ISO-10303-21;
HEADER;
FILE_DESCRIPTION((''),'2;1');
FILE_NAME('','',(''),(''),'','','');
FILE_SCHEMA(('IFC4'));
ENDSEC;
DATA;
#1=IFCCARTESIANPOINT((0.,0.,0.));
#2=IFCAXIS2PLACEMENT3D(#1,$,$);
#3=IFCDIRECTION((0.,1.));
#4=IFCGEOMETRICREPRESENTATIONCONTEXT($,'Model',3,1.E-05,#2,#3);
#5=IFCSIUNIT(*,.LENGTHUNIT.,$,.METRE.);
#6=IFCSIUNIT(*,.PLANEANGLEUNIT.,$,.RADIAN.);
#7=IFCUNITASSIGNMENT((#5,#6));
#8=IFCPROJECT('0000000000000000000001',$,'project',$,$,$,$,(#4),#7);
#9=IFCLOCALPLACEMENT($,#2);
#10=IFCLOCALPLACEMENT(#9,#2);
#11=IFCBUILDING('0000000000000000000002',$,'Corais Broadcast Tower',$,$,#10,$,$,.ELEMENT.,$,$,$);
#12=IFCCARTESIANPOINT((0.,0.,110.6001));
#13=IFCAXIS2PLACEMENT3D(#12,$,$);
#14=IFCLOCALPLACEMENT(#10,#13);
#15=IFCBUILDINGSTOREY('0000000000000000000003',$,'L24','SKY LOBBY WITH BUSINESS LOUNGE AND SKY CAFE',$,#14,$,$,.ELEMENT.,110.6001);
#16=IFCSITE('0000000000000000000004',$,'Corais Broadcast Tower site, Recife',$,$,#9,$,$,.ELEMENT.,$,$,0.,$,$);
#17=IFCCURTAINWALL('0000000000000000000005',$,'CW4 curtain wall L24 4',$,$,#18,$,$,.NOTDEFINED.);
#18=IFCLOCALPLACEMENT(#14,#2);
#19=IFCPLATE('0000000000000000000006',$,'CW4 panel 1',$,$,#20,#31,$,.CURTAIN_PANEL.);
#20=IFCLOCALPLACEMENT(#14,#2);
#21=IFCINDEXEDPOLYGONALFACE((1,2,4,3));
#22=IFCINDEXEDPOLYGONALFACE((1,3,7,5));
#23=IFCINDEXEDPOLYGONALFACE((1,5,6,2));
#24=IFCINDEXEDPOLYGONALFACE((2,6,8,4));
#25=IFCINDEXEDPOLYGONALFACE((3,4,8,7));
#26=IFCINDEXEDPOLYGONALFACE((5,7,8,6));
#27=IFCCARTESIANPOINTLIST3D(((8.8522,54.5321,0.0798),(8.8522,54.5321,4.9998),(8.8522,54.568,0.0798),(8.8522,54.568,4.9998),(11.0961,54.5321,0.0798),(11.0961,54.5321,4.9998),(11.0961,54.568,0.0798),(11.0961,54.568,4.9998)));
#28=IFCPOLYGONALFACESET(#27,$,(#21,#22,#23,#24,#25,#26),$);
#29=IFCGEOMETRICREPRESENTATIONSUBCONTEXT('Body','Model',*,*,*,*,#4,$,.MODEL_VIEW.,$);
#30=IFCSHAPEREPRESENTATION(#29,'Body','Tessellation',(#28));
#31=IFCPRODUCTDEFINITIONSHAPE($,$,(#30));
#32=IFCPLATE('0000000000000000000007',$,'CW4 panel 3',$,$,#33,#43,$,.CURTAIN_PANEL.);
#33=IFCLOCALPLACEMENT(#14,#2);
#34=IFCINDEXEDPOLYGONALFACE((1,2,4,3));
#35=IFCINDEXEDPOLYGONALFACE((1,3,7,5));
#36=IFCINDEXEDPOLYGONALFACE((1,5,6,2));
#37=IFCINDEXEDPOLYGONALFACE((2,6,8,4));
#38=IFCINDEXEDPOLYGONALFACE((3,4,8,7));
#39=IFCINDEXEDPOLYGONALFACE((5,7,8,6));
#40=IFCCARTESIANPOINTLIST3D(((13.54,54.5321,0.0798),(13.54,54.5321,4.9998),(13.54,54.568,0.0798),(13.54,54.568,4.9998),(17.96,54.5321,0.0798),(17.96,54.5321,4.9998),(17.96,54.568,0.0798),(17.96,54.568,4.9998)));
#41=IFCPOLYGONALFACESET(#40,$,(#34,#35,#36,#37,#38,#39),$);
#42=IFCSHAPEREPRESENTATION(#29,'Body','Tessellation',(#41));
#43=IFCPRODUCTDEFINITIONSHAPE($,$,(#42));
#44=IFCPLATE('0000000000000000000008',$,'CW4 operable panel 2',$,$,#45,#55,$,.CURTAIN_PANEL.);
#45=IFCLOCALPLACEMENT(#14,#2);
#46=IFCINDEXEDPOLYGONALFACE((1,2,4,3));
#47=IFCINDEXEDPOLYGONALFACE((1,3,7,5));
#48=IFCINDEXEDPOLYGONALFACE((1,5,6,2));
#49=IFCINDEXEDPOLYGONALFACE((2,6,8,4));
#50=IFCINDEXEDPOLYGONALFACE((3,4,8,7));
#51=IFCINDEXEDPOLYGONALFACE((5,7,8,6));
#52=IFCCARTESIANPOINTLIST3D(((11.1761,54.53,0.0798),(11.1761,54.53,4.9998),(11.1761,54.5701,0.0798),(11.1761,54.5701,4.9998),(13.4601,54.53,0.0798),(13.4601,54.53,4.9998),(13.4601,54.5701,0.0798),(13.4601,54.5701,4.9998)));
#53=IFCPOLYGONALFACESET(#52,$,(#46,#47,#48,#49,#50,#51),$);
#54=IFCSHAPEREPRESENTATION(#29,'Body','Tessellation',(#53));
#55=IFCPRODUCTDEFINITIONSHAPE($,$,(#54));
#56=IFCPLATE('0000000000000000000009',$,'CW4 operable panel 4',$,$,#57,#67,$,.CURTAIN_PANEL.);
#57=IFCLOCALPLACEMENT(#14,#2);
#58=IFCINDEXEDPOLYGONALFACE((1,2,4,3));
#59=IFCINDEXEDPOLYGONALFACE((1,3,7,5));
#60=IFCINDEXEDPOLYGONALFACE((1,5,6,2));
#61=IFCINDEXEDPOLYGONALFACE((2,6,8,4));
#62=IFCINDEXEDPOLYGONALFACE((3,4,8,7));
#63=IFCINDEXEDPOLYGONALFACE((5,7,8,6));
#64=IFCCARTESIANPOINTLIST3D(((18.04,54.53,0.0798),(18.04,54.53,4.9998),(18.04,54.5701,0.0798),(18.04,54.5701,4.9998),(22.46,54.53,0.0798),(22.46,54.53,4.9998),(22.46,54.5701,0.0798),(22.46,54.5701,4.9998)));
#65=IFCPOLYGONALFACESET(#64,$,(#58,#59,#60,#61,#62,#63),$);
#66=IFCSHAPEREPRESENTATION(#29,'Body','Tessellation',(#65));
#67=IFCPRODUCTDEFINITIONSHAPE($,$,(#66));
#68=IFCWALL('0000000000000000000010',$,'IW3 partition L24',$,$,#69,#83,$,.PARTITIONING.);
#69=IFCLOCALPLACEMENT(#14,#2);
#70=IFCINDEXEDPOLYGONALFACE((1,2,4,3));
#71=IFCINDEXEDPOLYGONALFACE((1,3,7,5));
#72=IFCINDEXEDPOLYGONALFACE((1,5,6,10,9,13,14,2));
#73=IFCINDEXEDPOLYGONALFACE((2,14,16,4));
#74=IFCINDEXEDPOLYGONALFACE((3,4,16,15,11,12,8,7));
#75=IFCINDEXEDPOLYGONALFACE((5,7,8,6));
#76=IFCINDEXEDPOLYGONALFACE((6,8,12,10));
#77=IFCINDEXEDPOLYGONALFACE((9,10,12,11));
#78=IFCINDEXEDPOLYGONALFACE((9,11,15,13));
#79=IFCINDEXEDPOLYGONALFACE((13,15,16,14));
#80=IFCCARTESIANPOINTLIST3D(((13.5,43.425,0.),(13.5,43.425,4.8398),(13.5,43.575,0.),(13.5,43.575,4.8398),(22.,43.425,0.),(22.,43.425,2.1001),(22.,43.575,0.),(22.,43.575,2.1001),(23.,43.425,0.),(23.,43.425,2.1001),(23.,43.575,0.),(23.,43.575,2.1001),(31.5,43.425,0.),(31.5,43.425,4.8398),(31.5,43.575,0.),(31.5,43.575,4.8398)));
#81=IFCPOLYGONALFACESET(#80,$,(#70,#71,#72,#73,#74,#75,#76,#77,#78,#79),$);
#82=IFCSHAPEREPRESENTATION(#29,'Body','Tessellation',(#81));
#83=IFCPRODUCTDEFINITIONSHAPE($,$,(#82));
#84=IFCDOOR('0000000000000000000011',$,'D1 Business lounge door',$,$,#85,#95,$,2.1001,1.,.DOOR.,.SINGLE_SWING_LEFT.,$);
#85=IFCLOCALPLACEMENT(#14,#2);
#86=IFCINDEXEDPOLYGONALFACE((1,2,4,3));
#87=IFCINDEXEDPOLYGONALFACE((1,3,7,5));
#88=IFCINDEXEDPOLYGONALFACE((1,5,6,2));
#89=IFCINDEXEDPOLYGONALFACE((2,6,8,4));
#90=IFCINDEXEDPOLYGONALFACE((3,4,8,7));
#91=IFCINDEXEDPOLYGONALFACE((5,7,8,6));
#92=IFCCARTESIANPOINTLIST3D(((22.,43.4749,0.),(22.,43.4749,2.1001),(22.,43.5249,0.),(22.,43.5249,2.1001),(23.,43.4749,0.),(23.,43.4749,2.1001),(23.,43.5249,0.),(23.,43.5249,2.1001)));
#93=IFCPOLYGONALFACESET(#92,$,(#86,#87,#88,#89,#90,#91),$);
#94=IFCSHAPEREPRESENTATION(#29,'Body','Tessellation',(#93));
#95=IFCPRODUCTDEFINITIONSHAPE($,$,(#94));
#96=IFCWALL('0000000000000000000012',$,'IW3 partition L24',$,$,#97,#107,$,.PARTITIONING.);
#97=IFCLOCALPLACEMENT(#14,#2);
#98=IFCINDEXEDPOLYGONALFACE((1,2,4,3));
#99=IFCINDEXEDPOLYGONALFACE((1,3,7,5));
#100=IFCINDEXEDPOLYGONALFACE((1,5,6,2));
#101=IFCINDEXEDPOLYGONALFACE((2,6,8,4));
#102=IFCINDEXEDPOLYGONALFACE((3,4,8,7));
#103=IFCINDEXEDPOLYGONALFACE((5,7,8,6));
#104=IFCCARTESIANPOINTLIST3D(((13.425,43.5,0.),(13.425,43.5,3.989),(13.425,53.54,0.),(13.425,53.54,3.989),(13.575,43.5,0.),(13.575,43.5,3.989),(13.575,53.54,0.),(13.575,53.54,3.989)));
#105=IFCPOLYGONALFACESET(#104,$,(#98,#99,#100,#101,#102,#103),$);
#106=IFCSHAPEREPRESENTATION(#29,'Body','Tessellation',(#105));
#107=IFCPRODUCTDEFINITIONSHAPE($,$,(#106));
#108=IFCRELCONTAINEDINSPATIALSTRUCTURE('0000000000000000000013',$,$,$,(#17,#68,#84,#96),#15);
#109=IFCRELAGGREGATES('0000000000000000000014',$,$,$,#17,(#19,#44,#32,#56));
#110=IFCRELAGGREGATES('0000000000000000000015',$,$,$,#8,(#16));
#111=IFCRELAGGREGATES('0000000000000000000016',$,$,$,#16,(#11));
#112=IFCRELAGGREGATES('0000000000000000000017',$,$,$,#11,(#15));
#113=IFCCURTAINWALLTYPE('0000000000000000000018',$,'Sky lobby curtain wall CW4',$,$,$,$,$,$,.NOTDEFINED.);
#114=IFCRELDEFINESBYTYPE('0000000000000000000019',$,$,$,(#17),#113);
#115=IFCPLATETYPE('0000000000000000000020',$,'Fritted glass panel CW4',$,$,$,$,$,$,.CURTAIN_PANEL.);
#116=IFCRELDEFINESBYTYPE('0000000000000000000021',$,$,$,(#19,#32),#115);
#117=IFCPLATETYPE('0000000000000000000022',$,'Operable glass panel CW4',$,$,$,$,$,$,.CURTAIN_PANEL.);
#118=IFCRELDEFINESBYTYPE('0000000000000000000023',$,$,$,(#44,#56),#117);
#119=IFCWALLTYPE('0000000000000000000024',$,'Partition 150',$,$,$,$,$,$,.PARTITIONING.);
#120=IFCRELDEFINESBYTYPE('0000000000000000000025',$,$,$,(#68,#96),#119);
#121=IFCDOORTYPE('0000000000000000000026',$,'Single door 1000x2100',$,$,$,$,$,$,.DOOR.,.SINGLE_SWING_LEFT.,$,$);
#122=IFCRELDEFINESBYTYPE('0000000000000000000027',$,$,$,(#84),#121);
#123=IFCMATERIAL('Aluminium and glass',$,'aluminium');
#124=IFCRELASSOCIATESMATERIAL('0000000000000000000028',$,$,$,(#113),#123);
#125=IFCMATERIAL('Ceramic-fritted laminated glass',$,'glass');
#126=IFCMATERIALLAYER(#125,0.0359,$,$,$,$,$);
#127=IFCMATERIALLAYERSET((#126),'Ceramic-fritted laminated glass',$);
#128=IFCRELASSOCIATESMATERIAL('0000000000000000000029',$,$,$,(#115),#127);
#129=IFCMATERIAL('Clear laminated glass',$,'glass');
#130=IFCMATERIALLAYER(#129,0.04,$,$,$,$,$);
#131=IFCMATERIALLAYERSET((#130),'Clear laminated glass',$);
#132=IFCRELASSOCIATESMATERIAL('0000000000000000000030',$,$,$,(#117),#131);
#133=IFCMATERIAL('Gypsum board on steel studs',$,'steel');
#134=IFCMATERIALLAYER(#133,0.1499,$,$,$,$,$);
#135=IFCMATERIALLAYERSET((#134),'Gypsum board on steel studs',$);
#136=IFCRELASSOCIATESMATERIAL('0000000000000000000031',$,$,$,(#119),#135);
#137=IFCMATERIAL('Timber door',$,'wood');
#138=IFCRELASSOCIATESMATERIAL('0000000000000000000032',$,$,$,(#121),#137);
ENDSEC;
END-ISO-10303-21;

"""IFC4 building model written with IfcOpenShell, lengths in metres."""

from ifc_helpers import new_model, si_unit, direction, frame, frame_2d, origin, origin_2d, place, context, subcontext, project, spatial, rectangle, extrude, material, layer, layer_set, type_object, element, fill, aggregate, save


model = new_model("IFC4")

# Units and contexts
model_context = context("Model", 3, precision=1e-05, world=origin(), true_north=direction((0.0, 1.0)))
body_context = subcontext(model_context, "Body", "Model", "MODEL_VIEW")
ifc_project = project(units=[si_unit("LENGTHUNIT", "METRE"), si_unit("PLANEANGLEUNIT", "RADIAN")], contexts=[model_context])

# Site, building, storey
site_placement = place(None, origin())
site = spatial("IfcSite", under=ifc_project, at=site_placement, Name="Corais Broadcast Tower site, Recife", CompositionType="ELEMENT", RefElevation=0.0)
building_placement = place(site_placement, origin())
building = spatial("IfcBuilding", under=site, at=building_placement, Name="Corais Broadcast Tower", CompositionType="ELEMENT")
storey_placement = place(building_placement, frame((0.0, 0.0, 110.6001)))
storey = spatial("IfcBuildingStorey", under=building, at=storey_placement, Name="L24", Description="SKY LOBBY WITH BUSINESS LOUNGE AND SKY CAFE", CompositionType="ELEMENT", Elevation=110.6001)

# Curtain wall
ifc_material_1 = material(Name="Aluminium and glass", Category="aluminium")
curtain_wall_type = type_object("IfcCurtainWallType", Name="Sky lobby curtain wall CW4", PredefinedType="NOTDEFINED", material=ifc_material_1)
curtain_wall_placement = place(storey_placement, origin())
curtain_wall = element("IfcCurtainWall", 1, at=curtain_wall_placement, inside=storey, type_object=curtain_wall_type, Name="CW4 curtain wall L24 4", PredefinedType="NOTDEFINED")

# Plates
ifc_material_2 = material(Name="Ceramic-fritted laminated glass", Category="glass")
ifc_layer_1 = layer(ifc_material_2, 0.0359)
ifc_layer_set_1 = layer_set([ifc_layer_1], Name="Ceramic-fritted laminated glass")
plate_type_1 = type_object("IfcPlateType", Name="Fritted glass panel CW4", PredefinedType="CURTAIN_PANEL", material=ifc_layer_set_1)
plate_1_placement = place(storey_placement, frame((9.9741, 54.55, 0.0798), z_axis=(0.0, 0.0, 1.0), x_axis=(1.0, 0.0, 0.0)))
plate_1 = element("IfcPlate", 2, at=plate_1_placement, type_object=plate_type_1, Name="CW4 panel 1", PredefinedType="CURTAIN_PANEL", context=body_context, shape_type="SweptSolid", body=[
    extrude(rectangle(XDim=2.2439, YDim=0.0359, at=origin_2d()), origin(), (0.0, 0.0, 1.0), 4.9199),
])
plate_2_placement = place(storey_placement, frame((15.75, 54.55, 0.0798), z_axis=(0.0, 0.0, 1.0), x_axis=(1.0, 0.0, 0.0)))
plate_2 = element("IfcPlate", 3, at=plate_2_placement, type_object=plate_type_1, Name="CW4 panel 3", PredefinedType="CURTAIN_PANEL", context=body_context, shape_type="SweptSolid", body=[
    extrude(rectangle(XDim=4.4199, YDim=0.0359, at=origin_2d()), origin(), (0.0, 0.0, 1.0), 4.9199),
])
ifc_material_3 = material(Name="Clear laminated glass", Category="glass")
ifc_layer_2 = layer(ifc_material_3, 0.04)
ifc_layer_set_2 = layer_set([ifc_layer_2], Name="Clear laminated glass")
plate_type_2 = type_object("IfcPlateType", Name="Operable glass panel CW4", PredefinedType="CURTAIN_PANEL", material=ifc_layer_set_2)
plate_3_placement = place(storey_placement, frame((12.3181, 54.55, 0.0798), z_axis=(0.0, 0.0, 1.0), x_axis=(1.0, 0.0, 0.0)))
plate_3 = element("IfcPlate", 4, at=plate_3_placement, type_object=plate_type_2, Name="CW4 operable panel 2", PredefinedType="CURTAIN_PANEL", context=body_context, shape_type="SweptSolid", body=[
    extrude(rectangle(XDim=2.2839, YDim=0.04, at=origin_2d()), origin(), (0.0, 0.0, 1.0), 4.9199),
])
plate_4_placement = place(storey_placement, frame((20.25, 54.55, 0.0798), z_axis=(0.0, 0.0, 1.0), x_axis=(1.0, 0.0, 0.0)))
plate_4 = element("IfcPlate", 5, at=plate_4_placement, type_object=plate_type_2, Name="CW4 operable panel 4", PredefinedType="CURTAIN_PANEL", context=body_context, shape_type="SweptSolid", body=[
    extrude(rectangle(XDim=4.4199, YDim=0.04, at=origin_2d()), origin(), (0.0, 0.0, 1.0), 4.9199),
])
aggregate(curtain_wall, [plate_1, plate_3, plate_2, plate_4])

# Wall, opening, door
ifc_material_4 = material(Name="Gypsum board on steel studs", Category="steel")
ifc_layer_3 = layer(ifc_material_4, 0.1499)
ifc_layer_set_3 = layer_set([ifc_layer_3], Name="Gypsum board on steel studs")
wall_type = type_object("IfcWallType", Name="Partition 150", PredefinedType="PARTITIONING", material=ifc_layer_set_3)
wall_1_placement = place(storey_placement, frame((13.5, 43.5, 0.0), z_axis=(0.0, 0.0, 1.0), x_axis=(1.0, 0.0, 0.0)))
wall_1 = element("IfcWall", 6, at=wall_1_placement, inside=storey, type_object=wall_type, Name="IW3 partition L24", PredefinedType="PARTITIONING", context=body_context, shape_type="SweptSolid", body=[
    extrude(rectangle(XDim=18.0, YDim=0.1499, at=frame_2d((9.0, 0.0))), origin(), (0.0, 0.0, 1.0), 4.8398),
])
opening_placement = place(wall_1_placement, frame((8.5, 0.0, 0.0)))
opening = element("IfcOpeningElement", 7, at=opening_placement, cuts=wall_1, PredefinedType="OPENING", context=body_context, shape_type="SweptSolid", body=[
    extrude(rectangle(XDim=1.0, YDim=2.1001, at=frame_2d((0.5, 1.05))), frame((0.0, 0.085, 0.0), z_axis=(0.0, -1.0, 0.0), x_axis=(1.0, 0.0, 0.0)), (0.0, 0.0, 1.0), 0.1699),
])
ifc_material_5 = material(Name="Timber door", Category="wood")
door_type = type_object("IfcDoorType", Name="Single door 1000x2100", OperationType="SINGLE_SWING_LEFT", PredefinedType="DOOR", material=ifc_material_5)
door_placement = place(opening_placement, origin())
door = element("IfcDoor", 8, at=door_placement, inside=storey, type_object=door_type, Name="D1 Business lounge door", OperationType="SINGLE_SWING_LEFT", OverallHeight=2.1001, OverallWidth=1.0, PredefinedType="DOOR", context=body_context, shape_type="SweptSolid", body=[
    extrude(rectangle(XDim=1.0, YDim=2.1001, at=frame_2d((0.5, 1.05))), frame((0.0, 0.0249, 0.0), z_axis=(0.0, -1.0, 0.0), x_axis=(1.0, 0.0, 0.0)), (0.0, 0.0, 1.0), 0.05),
])
fill(opening, door)

# Wall
wall_2_placement = place(storey_placement, frame((13.5, 53.54, 0.0), z_axis=(0.0, 0.0, 1.0), x_axis=(0.0, -1.0, 0.0)))
element("IfcWall", 9, at=wall_2_placement, inside=storey, type_object=wall_type, Name="IW3 partition L24", PredefinedType="PARTITIONING", context=body_context, shape_type="SweptSolid", body=[
    extrude(rectangle(XDim=10.04, YDim=0.1499, at=frame_2d((5.02, 0.0))), origin(), (0.0, 0.0, 1.0), 3.989),
])

save(model, "model.ifc")
